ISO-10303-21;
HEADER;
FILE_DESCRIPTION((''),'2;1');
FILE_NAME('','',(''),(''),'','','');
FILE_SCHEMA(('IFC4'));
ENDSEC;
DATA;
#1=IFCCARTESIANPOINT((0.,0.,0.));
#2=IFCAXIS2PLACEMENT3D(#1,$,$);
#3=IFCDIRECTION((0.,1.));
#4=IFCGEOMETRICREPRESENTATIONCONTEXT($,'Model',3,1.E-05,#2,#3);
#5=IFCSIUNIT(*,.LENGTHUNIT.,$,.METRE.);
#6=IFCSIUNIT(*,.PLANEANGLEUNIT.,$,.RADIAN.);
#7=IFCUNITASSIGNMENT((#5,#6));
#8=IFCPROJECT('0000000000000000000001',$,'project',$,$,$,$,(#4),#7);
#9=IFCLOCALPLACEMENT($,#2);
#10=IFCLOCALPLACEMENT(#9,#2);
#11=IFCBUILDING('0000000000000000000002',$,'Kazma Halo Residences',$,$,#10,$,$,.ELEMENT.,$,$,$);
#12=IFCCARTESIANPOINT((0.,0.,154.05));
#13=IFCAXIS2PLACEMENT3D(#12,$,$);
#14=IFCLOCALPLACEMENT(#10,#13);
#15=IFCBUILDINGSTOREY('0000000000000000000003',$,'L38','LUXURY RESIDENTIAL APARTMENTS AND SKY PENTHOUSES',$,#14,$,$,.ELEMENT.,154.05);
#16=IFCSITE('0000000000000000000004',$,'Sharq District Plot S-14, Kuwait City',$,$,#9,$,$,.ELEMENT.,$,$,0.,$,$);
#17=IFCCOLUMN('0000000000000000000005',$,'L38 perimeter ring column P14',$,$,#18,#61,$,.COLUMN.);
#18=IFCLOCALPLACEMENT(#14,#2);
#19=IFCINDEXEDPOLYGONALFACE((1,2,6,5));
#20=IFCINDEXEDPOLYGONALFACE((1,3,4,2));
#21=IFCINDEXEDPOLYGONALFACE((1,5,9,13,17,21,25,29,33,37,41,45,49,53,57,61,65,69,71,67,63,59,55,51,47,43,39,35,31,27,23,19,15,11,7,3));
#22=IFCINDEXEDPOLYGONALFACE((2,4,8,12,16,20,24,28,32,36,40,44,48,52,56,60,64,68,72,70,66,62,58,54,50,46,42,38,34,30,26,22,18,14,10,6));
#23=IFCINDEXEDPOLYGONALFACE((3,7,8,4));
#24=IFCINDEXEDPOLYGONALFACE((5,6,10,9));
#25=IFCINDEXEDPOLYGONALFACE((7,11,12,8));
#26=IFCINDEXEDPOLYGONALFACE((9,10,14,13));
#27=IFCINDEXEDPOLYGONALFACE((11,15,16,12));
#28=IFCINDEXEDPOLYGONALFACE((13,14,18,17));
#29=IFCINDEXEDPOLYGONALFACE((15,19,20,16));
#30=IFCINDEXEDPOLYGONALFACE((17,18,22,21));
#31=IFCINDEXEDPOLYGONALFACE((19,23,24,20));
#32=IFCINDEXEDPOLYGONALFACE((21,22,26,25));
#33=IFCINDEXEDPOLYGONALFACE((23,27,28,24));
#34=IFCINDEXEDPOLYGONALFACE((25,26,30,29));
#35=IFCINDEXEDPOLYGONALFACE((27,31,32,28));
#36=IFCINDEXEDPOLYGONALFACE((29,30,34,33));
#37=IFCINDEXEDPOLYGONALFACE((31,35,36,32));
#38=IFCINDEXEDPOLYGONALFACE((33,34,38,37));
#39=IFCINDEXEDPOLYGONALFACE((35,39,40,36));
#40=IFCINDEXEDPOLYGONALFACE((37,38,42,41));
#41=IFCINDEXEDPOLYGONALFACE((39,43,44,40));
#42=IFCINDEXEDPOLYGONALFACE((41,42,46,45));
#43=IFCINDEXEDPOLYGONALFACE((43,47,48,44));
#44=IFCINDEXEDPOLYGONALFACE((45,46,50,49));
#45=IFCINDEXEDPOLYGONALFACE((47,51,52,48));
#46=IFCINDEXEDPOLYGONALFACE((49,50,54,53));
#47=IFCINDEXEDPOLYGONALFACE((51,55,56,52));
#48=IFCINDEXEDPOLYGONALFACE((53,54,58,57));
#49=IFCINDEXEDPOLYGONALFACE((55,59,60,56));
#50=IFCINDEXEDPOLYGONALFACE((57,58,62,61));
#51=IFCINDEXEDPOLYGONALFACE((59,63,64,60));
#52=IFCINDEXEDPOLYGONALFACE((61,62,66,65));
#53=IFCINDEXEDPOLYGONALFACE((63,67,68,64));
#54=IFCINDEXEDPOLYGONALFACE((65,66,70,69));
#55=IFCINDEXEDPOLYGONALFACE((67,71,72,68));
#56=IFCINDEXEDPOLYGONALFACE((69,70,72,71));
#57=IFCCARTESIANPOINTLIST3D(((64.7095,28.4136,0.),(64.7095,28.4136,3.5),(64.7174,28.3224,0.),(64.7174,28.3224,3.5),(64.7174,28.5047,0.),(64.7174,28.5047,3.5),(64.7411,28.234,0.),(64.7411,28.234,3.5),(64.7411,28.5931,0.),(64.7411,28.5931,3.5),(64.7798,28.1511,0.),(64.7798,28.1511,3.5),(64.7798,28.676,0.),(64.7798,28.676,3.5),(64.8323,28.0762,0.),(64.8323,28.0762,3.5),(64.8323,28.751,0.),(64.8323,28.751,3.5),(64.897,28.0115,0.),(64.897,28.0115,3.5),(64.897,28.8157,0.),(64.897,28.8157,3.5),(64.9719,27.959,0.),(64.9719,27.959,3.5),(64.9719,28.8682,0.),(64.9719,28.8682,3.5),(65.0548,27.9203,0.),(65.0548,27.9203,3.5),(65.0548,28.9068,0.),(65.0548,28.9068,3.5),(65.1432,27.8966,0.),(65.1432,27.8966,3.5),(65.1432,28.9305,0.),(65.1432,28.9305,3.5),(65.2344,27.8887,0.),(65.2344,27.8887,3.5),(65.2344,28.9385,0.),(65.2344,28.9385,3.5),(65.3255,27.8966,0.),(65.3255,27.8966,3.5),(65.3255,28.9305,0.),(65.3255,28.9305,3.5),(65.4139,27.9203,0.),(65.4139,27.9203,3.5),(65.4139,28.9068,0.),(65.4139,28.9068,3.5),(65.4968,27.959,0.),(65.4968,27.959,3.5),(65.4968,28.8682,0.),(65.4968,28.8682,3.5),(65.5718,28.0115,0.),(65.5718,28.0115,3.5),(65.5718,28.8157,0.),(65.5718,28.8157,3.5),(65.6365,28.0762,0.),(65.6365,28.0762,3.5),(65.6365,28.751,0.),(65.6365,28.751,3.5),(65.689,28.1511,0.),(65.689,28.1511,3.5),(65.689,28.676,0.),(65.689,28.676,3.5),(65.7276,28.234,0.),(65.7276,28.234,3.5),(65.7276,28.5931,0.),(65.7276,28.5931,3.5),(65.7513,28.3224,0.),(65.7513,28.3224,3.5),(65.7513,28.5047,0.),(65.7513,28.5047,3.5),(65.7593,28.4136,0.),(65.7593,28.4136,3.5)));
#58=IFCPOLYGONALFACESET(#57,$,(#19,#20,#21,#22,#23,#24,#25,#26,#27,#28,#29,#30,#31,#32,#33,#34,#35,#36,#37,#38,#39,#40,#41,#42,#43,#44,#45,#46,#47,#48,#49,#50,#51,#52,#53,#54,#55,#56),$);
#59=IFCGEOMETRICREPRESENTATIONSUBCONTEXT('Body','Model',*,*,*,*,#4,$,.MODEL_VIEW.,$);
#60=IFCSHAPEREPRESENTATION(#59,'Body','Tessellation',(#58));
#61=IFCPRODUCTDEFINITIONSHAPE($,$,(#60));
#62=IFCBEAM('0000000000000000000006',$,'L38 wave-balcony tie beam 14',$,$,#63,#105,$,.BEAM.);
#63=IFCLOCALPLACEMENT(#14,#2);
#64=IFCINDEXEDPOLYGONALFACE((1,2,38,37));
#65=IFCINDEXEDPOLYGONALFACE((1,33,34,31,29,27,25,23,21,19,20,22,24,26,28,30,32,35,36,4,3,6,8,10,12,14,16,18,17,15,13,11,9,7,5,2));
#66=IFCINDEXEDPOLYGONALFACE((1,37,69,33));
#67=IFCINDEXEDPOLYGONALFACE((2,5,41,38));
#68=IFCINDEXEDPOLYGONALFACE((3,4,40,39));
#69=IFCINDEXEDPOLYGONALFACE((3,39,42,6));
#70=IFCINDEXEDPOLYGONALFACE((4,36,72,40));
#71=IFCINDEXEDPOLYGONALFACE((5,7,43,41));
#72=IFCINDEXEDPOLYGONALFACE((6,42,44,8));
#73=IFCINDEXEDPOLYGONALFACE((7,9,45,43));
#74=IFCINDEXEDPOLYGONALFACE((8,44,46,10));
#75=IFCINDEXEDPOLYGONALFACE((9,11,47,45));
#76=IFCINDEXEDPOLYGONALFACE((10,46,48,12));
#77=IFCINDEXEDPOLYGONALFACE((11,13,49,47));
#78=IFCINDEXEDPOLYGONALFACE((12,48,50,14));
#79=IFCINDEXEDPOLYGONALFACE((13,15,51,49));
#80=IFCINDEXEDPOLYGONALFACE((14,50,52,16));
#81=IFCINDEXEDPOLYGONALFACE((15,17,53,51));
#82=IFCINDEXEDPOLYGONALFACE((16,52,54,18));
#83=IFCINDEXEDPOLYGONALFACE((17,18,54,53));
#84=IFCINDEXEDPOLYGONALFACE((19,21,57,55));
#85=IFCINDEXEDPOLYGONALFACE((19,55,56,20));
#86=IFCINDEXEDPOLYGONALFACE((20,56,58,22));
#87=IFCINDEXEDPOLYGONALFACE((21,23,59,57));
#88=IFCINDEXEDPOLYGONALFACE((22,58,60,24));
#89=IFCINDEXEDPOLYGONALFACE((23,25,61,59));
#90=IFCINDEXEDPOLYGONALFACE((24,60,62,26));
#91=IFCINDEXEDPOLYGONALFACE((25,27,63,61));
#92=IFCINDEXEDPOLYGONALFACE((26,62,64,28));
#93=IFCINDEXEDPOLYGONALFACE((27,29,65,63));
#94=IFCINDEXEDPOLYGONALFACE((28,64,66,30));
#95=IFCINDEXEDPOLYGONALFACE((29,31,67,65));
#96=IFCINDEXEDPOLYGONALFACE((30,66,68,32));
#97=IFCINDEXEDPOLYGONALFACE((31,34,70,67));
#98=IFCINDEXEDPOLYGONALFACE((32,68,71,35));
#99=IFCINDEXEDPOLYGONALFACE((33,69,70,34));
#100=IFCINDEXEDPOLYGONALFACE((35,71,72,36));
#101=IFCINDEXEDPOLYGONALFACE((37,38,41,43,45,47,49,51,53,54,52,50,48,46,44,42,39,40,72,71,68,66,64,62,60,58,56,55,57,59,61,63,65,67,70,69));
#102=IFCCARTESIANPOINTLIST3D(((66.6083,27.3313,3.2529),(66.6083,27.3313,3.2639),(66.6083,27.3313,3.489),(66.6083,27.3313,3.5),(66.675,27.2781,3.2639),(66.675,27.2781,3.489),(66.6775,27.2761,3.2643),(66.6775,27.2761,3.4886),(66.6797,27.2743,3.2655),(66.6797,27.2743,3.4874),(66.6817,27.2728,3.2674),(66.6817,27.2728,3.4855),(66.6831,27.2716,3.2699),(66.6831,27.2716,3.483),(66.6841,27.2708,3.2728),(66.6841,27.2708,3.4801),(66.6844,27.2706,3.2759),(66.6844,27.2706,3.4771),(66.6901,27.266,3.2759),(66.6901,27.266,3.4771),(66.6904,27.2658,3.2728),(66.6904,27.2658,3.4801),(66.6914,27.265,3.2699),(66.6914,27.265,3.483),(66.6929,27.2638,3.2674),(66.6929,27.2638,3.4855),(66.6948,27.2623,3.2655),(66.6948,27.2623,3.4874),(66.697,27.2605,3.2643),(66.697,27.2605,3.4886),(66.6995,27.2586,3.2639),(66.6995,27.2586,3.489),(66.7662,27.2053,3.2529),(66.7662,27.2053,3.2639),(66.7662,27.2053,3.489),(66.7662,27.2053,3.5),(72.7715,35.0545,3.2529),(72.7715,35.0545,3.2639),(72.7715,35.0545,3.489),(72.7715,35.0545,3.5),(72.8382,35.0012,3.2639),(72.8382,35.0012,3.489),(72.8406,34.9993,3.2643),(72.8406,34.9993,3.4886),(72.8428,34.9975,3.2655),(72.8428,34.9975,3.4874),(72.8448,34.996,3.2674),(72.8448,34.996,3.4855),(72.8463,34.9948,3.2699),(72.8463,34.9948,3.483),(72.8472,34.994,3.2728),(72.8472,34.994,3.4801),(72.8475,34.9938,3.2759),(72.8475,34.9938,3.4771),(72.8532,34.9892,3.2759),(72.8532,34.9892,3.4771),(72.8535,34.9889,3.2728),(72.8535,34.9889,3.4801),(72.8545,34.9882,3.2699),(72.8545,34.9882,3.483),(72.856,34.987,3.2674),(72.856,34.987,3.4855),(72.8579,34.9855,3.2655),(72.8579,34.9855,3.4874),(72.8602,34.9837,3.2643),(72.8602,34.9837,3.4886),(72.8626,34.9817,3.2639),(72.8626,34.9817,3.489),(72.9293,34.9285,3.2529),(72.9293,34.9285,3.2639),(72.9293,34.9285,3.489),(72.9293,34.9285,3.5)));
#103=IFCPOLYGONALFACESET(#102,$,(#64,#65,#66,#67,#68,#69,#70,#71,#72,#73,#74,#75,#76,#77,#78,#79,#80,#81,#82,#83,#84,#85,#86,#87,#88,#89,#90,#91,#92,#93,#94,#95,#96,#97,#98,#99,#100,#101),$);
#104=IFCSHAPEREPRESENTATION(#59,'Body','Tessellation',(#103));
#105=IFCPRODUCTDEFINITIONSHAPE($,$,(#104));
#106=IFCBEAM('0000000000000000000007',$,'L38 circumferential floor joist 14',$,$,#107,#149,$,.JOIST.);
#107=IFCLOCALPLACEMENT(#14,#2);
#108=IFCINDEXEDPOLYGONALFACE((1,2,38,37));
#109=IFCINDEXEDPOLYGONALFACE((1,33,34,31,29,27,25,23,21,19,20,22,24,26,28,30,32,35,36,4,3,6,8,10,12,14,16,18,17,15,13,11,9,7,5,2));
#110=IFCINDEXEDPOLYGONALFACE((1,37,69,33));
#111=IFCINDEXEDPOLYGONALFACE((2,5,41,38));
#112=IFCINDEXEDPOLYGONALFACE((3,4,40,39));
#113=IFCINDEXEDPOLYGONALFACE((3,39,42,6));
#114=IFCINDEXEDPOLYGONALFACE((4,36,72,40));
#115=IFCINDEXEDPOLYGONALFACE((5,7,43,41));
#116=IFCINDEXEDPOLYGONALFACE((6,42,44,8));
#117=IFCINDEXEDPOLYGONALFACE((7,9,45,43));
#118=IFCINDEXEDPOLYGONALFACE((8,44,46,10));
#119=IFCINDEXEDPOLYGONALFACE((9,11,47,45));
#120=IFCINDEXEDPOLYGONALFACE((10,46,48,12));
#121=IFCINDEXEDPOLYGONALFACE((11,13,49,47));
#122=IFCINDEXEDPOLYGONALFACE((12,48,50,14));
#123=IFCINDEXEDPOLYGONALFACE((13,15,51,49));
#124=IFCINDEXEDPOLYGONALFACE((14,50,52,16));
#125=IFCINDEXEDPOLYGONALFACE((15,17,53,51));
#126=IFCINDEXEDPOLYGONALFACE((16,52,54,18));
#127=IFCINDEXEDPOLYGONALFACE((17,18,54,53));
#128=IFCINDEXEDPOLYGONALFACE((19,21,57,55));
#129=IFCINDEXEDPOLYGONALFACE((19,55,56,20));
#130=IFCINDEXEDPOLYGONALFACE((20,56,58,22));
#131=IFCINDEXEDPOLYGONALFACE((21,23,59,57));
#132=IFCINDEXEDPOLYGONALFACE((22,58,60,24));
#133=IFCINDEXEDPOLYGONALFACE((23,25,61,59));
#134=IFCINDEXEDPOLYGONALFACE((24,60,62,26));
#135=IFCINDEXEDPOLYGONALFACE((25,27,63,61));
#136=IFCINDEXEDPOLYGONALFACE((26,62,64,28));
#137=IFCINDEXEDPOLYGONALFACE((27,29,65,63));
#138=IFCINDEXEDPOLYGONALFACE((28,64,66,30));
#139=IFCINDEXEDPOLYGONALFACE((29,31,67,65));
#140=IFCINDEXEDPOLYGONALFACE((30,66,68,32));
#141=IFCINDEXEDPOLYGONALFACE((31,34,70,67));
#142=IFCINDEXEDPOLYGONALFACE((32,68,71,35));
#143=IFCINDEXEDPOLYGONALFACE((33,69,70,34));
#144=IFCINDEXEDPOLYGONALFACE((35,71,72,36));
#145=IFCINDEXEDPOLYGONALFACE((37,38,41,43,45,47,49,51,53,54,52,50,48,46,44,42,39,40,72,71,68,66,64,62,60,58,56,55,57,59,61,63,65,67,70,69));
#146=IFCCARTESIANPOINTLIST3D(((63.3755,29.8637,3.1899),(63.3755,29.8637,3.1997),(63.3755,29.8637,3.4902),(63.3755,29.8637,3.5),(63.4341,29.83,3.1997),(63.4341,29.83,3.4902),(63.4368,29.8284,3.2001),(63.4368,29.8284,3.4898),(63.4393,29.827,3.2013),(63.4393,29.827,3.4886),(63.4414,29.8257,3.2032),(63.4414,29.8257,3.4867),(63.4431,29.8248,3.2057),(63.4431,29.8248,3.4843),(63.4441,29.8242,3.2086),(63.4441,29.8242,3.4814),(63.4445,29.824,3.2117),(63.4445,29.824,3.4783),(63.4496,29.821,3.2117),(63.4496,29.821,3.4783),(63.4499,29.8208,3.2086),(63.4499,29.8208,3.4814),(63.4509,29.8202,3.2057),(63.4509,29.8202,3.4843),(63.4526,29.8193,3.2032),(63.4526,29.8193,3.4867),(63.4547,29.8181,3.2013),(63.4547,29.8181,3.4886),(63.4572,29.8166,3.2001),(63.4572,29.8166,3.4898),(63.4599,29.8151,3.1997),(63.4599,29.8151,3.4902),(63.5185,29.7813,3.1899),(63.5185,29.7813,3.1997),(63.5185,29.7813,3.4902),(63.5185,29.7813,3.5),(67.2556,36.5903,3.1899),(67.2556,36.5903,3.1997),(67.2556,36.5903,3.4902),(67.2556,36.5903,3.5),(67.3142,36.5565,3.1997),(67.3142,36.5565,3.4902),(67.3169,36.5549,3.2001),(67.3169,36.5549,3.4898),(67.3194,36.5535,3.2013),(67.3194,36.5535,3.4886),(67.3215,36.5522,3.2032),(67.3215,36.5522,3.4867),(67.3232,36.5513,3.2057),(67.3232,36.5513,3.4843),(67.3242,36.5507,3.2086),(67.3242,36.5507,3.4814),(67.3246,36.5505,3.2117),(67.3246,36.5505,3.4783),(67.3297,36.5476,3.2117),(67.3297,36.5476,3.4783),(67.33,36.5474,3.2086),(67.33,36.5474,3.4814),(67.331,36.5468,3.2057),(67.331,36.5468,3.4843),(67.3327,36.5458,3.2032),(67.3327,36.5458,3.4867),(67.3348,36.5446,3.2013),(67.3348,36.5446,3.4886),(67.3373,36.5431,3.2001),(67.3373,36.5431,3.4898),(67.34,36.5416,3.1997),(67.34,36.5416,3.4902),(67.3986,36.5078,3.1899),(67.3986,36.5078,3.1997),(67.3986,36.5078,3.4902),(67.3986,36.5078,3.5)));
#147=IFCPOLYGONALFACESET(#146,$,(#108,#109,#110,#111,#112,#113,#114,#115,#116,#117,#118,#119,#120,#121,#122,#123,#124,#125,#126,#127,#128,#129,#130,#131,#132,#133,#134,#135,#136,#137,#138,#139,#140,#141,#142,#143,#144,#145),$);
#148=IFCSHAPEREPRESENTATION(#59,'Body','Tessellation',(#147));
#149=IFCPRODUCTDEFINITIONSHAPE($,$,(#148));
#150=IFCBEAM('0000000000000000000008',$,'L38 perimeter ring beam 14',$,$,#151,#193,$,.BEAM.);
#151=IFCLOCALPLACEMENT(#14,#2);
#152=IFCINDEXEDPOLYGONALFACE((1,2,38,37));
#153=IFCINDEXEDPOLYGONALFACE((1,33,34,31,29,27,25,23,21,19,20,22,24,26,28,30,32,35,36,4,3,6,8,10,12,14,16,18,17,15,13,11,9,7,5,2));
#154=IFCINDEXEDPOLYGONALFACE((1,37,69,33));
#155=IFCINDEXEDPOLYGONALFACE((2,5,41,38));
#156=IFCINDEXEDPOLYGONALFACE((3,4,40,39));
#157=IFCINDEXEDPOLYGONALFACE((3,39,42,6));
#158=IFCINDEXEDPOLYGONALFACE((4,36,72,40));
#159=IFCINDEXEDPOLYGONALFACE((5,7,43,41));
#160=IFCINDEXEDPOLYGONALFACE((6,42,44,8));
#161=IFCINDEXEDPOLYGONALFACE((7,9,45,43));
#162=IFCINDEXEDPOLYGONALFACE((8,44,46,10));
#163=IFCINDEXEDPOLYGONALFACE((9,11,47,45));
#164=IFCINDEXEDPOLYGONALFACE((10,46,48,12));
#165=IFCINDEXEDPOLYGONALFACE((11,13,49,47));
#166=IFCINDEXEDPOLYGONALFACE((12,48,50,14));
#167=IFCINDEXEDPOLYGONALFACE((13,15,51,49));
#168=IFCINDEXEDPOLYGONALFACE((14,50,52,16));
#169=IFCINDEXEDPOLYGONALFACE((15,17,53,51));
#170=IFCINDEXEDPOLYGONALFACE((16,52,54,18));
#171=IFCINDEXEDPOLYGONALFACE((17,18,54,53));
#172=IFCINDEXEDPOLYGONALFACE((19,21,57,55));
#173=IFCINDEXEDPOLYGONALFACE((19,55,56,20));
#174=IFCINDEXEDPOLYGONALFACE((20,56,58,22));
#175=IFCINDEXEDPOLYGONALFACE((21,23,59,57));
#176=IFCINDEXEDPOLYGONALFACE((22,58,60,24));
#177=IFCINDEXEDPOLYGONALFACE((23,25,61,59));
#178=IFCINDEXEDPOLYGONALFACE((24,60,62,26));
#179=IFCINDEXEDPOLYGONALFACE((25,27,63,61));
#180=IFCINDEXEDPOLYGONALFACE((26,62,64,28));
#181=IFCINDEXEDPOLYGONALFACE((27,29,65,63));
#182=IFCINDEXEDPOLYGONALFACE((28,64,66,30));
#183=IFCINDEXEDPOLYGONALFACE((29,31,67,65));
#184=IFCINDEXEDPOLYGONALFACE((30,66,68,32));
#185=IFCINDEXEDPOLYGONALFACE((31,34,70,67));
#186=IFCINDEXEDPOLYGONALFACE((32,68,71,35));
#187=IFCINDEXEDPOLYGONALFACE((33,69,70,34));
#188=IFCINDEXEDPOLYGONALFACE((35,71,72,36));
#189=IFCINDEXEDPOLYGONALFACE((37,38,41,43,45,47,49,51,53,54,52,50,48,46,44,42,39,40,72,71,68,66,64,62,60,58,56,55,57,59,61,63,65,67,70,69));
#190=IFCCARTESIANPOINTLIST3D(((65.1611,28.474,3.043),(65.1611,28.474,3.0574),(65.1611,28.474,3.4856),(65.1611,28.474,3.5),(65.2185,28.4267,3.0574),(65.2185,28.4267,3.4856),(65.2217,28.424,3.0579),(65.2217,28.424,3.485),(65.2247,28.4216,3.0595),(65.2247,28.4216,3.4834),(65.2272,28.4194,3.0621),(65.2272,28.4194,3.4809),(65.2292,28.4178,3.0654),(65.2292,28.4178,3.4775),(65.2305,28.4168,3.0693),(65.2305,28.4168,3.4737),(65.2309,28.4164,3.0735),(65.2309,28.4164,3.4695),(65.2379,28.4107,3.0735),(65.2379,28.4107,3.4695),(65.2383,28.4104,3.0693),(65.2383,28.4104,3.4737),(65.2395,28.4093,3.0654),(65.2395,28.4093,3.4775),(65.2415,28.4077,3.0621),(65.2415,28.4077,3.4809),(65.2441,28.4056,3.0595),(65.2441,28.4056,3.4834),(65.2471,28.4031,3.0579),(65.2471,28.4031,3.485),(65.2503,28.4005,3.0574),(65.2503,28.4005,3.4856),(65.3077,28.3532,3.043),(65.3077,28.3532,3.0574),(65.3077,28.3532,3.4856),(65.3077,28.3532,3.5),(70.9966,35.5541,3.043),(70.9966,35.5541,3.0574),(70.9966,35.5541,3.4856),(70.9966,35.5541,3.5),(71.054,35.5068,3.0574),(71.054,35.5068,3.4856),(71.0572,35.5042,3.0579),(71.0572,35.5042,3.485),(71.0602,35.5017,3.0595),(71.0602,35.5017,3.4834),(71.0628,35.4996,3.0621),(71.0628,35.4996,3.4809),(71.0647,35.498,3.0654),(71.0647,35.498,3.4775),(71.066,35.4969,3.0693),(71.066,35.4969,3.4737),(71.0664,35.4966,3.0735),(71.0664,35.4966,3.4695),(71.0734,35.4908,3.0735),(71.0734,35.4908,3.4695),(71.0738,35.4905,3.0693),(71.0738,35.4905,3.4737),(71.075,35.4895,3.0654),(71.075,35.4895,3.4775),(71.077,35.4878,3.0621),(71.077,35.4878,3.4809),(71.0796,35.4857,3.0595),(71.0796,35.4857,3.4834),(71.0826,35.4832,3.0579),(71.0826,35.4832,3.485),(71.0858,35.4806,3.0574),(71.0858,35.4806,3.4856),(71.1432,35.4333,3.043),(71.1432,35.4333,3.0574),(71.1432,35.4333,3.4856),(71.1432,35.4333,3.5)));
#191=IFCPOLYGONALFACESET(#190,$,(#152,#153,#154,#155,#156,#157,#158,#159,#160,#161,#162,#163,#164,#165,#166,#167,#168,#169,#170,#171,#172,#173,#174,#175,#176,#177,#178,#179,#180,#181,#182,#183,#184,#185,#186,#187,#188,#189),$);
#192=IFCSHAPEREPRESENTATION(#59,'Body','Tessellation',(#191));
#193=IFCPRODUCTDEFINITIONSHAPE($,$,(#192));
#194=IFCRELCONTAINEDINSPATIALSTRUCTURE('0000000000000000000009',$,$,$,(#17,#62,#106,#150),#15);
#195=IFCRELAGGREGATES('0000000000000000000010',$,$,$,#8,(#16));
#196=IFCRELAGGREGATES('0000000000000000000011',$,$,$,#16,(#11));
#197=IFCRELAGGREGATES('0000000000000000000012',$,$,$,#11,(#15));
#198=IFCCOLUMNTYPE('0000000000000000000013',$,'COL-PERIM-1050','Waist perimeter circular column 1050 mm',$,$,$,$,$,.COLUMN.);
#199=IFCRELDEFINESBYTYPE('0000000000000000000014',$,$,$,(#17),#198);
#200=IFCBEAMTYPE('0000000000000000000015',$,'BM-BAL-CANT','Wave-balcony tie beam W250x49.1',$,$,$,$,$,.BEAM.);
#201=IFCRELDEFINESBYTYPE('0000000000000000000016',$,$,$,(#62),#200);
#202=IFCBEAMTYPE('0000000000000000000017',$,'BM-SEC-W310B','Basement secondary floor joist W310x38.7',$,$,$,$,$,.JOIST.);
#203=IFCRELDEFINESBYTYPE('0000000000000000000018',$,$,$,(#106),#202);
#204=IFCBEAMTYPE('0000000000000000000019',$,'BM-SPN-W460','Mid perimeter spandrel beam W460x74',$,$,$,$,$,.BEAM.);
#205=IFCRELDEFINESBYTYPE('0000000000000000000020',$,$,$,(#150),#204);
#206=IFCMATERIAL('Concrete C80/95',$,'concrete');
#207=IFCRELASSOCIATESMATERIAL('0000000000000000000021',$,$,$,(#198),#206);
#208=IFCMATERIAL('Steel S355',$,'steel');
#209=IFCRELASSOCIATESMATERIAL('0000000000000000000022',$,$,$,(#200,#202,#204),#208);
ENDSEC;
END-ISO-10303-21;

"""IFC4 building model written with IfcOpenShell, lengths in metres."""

from ifc_helpers import new_model, si_unit, direction, frame, origin, origin_2d, place, context, subcontext, project, spatial, circle, i_section, extrude, material, material_profile, profile_set, type_object, element, save


model = new_model("IFC4")

# Units and contexts
model_context = context("Model", 3, precision=1e-05, world=origin(), true_north=direction((0.0, 1.0)))
body_context = subcontext(model_context, "Body", "Model", "MODEL_VIEW")
ifc_project = project(units=[si_unit("LENGTHUNIT", "METRE"), si_unit("PLANEANGLEUNIT", "RADIAN")], contexts=[model_context])

# Site, building, storey
site_placement = place(None, origin())
site = spatial("IfcSite", under=ifc_project, at=site_placement, Name="Sharq District Plot S-14, Kuwait City", CompositionType="ELEMENT", RefElevation=0.0)
building_placement = place(site_placement, origin())
building = spatial("IfcBuilding", under=site, at=building_placement, Name="Kazma Halo Residences", CompositionType="ELEMENT")
storey_placement = place(building_placement, frame((0.0, 0.0, 154.05)))
storey = spatial("IfcBuildingStorey", under=building, at=storey_placement, Name="L38", Description="LUXURY RESIDENTIAL APARTMENTS AND SKY PENTHOUSES", CompositionType="ELEMENT", Elevation=154.05)

# Column
ifc_material_1 = material(Name="Concrete C80/95", Category="concrete")
ifc_material_profile_1 = material_profile(ifc_material_1, circle(Radius=0.5249, at=origin_2d()), Name="CIRC1050")
ifc_profile_set_1 = profile_set([ifc_material_profile_1], Name="Concrete C80/95")
column_type = type_object("IfcColumnType", Name="COL-PERIM-1050", Description="Waist perimeter circular column 1050 mm", PredefinedType="COLUMN", material=ifc_profile_set_1)
column_placement = place(storey_placement, frame((65.2344, 28.4136, 0.0), z_axis=(0.0, 0.0, 1.0), x_axis=(1.0, 0.0, 0.0)))
element("IfcColumn", 1, at=column_placement, inside=storey, type_object=column_type, Name="L38 perimeter ring column P14", PredefinedType="COLUMN", context=body_context, shape_type="SweptSolid", body=[
    extrude(circle(Radius=0.5249, at=origin_2d()), origin(), (0.0, 0.0, 1.0), 3.5),
])

# Beams
ifc_material_2 = material(Name="Steel S355", Category="steel")
ifc_material_profile_2 = material_profile(ifc_material_2, i_section(OverallWidth=0.2019, OverallDepth=0.2471, WebThickness=0.0073, FlangeThickness=0.011, FilletRadius=0.012, at=origin_2d()), Name="W250x49.1")
ifc_profile_set_2 = profile_set([ifc_material_profile_2], Name="Steel S355")
beam_type_1 = type_object("IfcBeamType", Name="BM-BAL-CANT", Description="Wave-balcony tie beam W250x49.1", PredefinedType="BEAM", material=ifc_profile_set_2)
beam_1_placement = place(storey_placement, frame((66.6873, 27.2683, 3.3765), z_axis=(0.623742, 0.78163, 0.0), x_axis=(-0.78163, 0.623742, 0.0)))
element("IfcBeam", 2, at=beam_1_placement, inside=storey, type_object=beam_type_1, Name="L38 wave-balcony tie beam 14", PredefinedType="BEAM", context=body_context, shape_type="SweptSolid", body=[
    extrude(i_section(OverallWidth=0.2019, OverallDepth=0.2471, WebThickness=0.0073, FlangeThickness=0.011, FilletRadius=0.012, at=origin_2d()), origin(), (0.0, 0.0, 1.0), 9.8809),
])
ifc_material_profile_3 = material_profile(ifc_material_2, i_section(OverallWidth=0.165, OverallDepth=0.3101, WebThickness=0.0059, FlangeThickness=0.0098, FilletRadius=0.012, at=origin_2d()), Name="W310x38.7")
ifc_profile_set_3 = profile_set([ifc_material_profile_3], Name="Steel S355")
beam_type_2 = type_object("IfcBeamType", Name="BM-SEC-W310B", Description="Basement secondary floor joist W310x38.7", PredefinedType="JOIST", material=ifc_profile_set_3)
beam_2_placement = place(storey_placement, frame((63.447, 29.8225, 3.345), z_axis=(0.499666, 0.866218, 0.0), x_axis=(-0.866218, 0.499666, 0.0)))
element("IfcBeam", 3, at=beam_2_placement, inside=storey, type_object=beam_type_2, Name="L38 circumferential floor joist 14", PredefinedType="JOIST", context=body_context, shape_type="SweptSolid", body=[
    extrude(i_section(OverallWidth=0.165, OverallDepth=0.3101, WebThickness=0.0059, FlangeThickness=0.0098, FilletRadius=0.012, at=origin_2d()), origin(), (0.0, 0.0, 1.0), 7.7654),
])
ifc_material_profile_4 = material_profile(ifc_material_2, i_section(OverallWidth=0.1899, OverallDepth=0.457, WebThickness=0.009, FlangeThickness=0.0144, FilletRadius=0.0161, at=origin_2d()), Name="W460x74")
ifc_profile_set_4 = profile_set([ifc_material_profile_4], Name="Steel S355")
beam_type_3 = type_object("IfcBeamType", Name="BM-SPN-W460", Description="Mid perimeter spandrel beam W460x74", PredefinedType="BEAM", material=ifc_profile_set_4)
beam_3_placement = place(storey_placement, frame((65.2344, 28.4136, 3.2715), z_axis=(0.636019, 0.771674, 0.0), x_axis=(-0.771674, 0.636019, 0.0)))
element("IfcBeam", 4, at=beam_3_placement, inside=storey, type_object=beam_type_3, Name="L38 perimeter ring beam 14", PredefinedType="BEAM", context=body_context, shape_type="SweptSolid", body=[
    extrude(i_section(OverallWidth=0.1899, OverallDepth=0.457, WebThickness=0.009, FlangeThickness=0.0144, FilletRadius=0.0161, at=origin_2d()), origin(), (0.0, 0.0, 1.0), 9.175),
])

save(model, "model.ifc")
